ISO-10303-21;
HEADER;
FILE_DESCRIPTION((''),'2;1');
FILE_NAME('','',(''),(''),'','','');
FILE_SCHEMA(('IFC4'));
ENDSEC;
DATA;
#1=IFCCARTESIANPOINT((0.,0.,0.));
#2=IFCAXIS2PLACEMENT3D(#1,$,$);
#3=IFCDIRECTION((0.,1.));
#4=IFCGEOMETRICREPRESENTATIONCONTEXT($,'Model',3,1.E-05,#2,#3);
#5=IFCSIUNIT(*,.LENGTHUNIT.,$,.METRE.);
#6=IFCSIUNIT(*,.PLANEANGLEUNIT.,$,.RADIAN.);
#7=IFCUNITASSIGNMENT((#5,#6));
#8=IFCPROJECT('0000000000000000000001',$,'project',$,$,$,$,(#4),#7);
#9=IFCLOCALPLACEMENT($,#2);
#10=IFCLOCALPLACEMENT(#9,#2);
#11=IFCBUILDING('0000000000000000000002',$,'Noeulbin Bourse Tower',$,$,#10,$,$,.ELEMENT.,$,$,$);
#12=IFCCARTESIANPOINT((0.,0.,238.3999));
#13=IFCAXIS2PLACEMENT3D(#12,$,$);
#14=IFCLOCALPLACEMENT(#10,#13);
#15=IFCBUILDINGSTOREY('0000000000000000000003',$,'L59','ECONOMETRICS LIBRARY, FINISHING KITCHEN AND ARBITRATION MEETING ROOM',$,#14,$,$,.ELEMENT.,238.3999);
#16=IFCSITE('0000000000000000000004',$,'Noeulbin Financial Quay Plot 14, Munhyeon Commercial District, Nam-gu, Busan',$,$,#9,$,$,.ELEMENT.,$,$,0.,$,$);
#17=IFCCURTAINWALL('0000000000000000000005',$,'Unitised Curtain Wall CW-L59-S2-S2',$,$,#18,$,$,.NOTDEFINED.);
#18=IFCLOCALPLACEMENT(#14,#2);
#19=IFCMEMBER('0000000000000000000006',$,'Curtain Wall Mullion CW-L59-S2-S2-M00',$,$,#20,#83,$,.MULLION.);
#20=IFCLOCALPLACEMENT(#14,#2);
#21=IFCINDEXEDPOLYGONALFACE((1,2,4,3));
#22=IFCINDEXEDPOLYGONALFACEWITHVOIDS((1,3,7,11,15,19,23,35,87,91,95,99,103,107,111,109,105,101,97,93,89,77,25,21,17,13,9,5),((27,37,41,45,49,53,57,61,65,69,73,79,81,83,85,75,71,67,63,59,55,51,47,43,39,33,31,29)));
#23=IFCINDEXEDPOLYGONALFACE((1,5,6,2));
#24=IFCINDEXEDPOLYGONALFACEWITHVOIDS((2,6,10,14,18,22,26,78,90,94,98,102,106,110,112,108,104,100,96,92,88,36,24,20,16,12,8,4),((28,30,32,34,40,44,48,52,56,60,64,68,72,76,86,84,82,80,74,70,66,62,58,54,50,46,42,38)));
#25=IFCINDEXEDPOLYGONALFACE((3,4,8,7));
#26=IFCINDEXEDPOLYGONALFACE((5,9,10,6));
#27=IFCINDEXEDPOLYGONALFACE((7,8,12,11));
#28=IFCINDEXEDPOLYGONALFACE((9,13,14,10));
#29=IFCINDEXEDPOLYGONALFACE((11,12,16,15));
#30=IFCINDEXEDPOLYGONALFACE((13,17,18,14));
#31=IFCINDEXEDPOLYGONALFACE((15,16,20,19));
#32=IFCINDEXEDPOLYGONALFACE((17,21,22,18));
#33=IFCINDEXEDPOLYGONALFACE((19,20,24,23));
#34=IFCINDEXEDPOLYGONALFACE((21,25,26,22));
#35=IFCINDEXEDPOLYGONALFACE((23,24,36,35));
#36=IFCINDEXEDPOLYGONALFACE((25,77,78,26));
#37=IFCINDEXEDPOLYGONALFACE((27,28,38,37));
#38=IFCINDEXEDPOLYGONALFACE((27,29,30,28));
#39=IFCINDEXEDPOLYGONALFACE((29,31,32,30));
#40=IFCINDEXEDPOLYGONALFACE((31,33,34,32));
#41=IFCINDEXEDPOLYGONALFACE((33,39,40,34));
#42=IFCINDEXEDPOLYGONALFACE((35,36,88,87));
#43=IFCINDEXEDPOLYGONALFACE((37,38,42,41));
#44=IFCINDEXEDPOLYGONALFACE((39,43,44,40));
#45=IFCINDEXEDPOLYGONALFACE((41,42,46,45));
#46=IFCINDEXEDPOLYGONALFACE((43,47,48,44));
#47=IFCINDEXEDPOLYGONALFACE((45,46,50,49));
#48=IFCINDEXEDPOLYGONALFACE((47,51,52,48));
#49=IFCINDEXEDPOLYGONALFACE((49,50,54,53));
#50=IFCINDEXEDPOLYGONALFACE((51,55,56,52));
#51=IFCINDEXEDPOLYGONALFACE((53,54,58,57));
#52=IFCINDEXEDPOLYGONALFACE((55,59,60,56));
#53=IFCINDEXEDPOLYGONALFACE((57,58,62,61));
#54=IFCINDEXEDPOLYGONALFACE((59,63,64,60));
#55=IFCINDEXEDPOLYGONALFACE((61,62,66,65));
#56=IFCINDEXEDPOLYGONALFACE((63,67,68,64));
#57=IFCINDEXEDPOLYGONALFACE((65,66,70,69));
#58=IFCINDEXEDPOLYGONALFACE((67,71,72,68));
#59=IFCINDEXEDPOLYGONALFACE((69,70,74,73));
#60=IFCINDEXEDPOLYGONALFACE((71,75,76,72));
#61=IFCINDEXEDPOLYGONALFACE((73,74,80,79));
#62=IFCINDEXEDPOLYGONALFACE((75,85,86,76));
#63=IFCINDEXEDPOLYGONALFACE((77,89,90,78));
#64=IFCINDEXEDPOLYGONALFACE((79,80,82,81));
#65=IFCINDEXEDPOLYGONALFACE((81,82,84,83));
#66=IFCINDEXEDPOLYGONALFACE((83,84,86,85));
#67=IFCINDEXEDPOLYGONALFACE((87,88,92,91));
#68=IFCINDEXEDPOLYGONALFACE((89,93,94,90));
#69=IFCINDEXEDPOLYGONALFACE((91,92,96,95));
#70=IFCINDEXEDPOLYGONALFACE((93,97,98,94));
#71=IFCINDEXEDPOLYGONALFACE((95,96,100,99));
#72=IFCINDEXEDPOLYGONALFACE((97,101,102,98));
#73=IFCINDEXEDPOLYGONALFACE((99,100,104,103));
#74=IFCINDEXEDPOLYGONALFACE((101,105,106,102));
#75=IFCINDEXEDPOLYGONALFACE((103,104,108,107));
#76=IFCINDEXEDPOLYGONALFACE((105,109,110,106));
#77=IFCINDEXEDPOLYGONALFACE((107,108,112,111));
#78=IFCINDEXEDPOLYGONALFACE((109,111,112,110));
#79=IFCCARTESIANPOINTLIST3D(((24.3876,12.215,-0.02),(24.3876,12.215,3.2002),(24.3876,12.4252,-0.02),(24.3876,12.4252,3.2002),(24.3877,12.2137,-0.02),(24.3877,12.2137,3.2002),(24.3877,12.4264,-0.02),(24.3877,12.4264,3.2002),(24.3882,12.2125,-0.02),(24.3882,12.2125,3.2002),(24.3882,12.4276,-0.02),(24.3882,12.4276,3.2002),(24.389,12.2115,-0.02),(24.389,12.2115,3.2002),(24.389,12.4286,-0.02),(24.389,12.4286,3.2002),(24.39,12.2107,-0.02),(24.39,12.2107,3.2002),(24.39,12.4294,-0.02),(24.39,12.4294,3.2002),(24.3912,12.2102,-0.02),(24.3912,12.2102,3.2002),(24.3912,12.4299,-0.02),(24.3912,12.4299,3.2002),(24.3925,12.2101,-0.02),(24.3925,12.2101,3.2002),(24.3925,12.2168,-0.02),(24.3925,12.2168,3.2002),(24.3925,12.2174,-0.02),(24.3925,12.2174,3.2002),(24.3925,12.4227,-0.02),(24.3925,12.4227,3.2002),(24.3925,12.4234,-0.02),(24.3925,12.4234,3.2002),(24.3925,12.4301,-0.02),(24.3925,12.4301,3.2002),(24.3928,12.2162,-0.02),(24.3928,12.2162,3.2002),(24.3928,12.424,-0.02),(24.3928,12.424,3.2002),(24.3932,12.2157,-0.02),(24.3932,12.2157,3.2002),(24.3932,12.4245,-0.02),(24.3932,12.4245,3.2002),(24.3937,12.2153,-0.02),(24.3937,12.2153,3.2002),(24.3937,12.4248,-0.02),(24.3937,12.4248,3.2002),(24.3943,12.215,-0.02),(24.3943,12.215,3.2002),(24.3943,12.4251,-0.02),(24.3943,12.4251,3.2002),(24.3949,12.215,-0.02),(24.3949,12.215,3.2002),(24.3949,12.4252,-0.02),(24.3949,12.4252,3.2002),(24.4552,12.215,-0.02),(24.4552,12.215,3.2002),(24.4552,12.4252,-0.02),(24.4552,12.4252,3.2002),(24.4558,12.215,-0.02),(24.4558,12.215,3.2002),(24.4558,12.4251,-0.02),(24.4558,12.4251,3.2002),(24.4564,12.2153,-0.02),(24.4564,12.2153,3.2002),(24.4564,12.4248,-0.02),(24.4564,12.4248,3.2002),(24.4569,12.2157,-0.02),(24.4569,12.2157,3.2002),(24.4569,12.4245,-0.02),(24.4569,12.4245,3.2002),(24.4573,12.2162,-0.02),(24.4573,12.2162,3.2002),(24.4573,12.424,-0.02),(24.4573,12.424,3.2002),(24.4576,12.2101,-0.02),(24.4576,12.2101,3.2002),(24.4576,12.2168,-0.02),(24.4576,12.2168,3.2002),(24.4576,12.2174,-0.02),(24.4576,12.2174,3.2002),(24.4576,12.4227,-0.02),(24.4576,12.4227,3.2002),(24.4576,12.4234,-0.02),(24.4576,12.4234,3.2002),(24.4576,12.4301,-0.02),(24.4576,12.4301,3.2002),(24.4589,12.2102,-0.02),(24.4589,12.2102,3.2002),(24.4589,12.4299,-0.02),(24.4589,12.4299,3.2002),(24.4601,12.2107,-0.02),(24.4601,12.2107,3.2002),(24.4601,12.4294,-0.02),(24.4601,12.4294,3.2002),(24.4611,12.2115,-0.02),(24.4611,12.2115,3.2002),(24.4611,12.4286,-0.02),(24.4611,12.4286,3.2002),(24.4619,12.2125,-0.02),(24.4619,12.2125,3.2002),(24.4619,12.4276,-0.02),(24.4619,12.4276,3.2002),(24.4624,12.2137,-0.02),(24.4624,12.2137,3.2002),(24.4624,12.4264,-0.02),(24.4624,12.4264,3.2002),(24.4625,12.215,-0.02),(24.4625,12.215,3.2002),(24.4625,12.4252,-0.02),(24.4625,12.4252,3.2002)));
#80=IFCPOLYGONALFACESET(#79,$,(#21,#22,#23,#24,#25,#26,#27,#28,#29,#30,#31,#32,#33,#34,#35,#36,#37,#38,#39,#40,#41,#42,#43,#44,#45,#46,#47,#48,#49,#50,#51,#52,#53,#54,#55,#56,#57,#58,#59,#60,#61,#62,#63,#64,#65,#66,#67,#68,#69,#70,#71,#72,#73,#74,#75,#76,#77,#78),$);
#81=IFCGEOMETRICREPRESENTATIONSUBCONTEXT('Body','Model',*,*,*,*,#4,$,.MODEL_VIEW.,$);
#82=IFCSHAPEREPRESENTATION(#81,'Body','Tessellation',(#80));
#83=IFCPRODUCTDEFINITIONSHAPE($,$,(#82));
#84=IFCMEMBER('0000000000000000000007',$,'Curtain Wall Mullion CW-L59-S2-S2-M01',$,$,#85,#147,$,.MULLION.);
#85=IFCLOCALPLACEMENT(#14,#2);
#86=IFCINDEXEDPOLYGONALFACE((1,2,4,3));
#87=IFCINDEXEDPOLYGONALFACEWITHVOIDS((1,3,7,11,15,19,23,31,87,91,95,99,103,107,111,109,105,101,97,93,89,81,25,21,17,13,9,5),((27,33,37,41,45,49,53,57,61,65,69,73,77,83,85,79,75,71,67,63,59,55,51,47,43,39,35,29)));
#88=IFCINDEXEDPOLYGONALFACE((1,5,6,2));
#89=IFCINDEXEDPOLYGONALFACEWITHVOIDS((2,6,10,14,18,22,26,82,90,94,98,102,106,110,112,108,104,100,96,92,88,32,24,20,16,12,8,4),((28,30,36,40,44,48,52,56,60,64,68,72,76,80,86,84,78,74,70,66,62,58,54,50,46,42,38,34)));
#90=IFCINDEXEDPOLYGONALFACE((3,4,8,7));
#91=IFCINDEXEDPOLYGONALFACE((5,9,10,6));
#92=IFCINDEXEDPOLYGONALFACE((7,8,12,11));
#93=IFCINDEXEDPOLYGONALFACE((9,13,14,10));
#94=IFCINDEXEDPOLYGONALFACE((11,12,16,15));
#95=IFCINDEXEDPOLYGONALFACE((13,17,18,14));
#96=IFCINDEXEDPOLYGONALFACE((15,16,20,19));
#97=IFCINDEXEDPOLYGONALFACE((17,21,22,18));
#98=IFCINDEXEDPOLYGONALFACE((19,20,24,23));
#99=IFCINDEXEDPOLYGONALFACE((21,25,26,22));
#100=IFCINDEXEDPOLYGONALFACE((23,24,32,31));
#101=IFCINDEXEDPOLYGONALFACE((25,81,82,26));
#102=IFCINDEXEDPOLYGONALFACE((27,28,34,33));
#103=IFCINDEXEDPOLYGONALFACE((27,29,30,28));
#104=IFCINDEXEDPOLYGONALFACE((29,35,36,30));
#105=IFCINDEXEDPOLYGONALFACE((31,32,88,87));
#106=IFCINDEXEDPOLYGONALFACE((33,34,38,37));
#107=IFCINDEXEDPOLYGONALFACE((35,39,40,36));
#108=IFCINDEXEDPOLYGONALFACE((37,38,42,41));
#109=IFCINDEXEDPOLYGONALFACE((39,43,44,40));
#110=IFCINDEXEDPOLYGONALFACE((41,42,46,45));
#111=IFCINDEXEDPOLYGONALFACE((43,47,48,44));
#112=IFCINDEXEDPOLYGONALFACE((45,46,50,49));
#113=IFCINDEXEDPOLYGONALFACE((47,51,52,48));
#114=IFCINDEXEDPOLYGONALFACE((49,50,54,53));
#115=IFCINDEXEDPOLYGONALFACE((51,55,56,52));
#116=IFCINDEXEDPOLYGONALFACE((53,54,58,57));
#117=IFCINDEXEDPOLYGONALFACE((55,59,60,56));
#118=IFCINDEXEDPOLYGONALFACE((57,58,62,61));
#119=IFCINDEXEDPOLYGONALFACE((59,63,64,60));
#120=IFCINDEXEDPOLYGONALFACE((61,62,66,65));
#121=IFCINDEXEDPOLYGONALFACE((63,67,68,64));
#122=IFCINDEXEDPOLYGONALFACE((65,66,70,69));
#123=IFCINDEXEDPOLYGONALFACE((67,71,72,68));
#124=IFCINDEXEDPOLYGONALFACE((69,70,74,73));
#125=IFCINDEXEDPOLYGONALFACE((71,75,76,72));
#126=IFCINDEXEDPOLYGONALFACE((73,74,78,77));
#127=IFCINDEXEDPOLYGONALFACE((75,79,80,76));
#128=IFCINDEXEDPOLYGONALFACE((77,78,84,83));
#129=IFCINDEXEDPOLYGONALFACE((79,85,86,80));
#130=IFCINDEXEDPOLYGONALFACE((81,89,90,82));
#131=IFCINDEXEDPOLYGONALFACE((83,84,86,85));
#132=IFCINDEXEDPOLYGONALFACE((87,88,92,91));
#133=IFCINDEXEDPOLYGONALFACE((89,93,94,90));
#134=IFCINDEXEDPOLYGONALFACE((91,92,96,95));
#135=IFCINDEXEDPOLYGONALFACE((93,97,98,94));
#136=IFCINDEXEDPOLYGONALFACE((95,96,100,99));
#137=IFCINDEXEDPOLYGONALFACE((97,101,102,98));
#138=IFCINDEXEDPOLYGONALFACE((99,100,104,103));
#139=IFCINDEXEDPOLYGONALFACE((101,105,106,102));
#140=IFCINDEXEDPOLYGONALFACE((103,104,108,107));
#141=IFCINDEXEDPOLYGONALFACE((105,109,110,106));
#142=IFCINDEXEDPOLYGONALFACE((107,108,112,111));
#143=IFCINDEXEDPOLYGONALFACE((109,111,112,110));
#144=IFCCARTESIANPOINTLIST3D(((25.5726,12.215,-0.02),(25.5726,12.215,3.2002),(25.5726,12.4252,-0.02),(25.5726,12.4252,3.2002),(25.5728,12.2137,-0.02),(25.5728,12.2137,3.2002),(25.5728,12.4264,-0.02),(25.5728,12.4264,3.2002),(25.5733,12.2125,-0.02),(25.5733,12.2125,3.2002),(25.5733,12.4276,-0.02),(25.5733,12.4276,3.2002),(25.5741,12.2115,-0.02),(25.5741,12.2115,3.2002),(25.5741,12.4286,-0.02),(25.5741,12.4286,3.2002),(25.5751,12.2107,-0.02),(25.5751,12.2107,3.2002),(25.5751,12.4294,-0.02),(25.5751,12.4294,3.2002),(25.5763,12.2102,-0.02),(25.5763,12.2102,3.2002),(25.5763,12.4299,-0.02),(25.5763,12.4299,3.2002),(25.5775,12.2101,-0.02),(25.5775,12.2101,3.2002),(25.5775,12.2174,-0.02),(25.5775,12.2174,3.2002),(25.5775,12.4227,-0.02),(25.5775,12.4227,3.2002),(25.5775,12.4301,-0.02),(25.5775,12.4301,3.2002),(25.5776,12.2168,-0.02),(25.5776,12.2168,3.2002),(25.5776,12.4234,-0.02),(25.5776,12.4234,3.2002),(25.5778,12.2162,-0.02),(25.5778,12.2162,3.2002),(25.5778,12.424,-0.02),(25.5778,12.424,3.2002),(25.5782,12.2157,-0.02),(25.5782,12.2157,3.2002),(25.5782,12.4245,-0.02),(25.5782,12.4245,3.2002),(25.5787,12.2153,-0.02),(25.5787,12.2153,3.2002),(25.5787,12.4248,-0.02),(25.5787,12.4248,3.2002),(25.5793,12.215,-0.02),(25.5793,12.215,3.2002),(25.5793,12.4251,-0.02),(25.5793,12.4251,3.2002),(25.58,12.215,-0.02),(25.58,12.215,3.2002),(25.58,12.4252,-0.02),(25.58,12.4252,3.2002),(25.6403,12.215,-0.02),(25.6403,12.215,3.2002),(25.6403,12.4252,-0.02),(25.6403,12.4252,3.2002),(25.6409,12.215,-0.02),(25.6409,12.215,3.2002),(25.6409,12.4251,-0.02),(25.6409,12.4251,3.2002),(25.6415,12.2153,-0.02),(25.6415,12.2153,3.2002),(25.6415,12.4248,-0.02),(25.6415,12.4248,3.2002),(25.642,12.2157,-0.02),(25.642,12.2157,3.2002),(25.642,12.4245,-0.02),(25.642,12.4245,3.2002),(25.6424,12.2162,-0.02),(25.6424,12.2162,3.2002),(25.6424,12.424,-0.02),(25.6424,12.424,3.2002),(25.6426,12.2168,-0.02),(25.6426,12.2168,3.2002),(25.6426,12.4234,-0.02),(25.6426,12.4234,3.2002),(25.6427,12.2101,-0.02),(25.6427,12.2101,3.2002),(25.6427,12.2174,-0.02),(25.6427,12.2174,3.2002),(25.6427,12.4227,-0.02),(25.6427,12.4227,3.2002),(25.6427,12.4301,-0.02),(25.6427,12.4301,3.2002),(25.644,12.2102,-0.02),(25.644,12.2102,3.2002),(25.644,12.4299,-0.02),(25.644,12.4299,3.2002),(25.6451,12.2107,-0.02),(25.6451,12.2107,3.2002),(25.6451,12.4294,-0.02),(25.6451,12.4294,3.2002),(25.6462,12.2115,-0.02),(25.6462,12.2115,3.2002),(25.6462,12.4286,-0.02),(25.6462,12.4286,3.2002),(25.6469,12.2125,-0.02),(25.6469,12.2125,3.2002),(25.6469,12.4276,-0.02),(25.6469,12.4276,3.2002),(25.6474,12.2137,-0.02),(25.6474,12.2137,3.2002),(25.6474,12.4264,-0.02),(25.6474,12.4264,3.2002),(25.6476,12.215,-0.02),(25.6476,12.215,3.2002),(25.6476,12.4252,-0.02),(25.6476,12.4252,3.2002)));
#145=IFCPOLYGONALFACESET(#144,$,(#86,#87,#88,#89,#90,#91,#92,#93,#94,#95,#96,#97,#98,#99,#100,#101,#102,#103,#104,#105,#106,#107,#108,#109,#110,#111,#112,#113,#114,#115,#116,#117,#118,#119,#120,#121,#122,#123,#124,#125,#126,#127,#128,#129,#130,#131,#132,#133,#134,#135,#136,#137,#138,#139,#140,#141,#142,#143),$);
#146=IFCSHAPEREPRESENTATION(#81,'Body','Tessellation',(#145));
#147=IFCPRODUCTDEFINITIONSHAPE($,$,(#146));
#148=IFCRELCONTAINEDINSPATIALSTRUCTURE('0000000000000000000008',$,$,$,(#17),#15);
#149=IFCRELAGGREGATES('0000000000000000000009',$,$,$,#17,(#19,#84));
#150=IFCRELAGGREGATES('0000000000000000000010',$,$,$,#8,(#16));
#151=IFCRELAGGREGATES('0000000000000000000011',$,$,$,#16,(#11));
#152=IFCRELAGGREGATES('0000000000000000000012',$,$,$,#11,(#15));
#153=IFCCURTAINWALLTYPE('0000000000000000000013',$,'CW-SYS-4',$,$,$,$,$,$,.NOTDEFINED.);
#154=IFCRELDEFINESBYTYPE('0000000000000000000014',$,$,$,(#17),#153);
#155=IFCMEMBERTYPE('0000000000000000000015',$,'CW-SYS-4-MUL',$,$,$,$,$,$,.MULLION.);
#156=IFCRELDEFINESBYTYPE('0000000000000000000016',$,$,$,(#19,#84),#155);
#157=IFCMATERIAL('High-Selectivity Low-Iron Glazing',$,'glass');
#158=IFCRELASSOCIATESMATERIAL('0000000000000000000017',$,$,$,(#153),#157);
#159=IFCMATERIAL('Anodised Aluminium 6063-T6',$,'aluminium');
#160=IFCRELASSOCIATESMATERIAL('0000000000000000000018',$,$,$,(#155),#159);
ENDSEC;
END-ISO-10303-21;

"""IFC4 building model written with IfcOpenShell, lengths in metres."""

from ifc_helpers import new_model, si_unit, direction, frame, origin, origin_2d, place, context, subcontext, project, spatial, hollow_rectangle, extrude, material, material_profile, profile_set, type_object, element, aggregate, save


model = new_model("IFC4")

# Units and contexts
model_context = context("Model", 3, precision=1e-05, world=origin(), true_north=direction((0.0, 1.0)))
body_context = subcontext(model_context, "Body", "Model", "MODEL_VIEW")
ifc_project = project(units=[si_unit("LENGTHUNIT", "METRE"), si_unit("PLANEANGLEUNIT", "RADIAN")], contexts=[model_context])

# Site, building, storey
site_placement = place(None, origin())
site = spatial("IfcSite", under=ifc_project, at=site_placement, Name="Noeulbin Financial Quay Plot 14, Munhyeon Commercial District, Nam-gu, Busan", CompositionType="ELEMENT", RefElevation=0.0)
building_placement = place(site_placement, origin())
building = spatial("IfcBuilding", under=site, at=building_placement, Name="Noeulbin Bourse Tower", CompositionType="ELEMENT")
storey_placement = place(building_placement, frame((0.0, 0.0, 238.3999)))
storey = spatial("IfcBuildingStorey", under=building, at=storey_placement, Name="L59", Description="ECONOMETRICS LIBRARY, FINISHING KITCHEN AND ARBITRATION MEETING ROOM", CompositionType="ELEMENT", Elevation=238.3999)

# Curtain wall, members
ifc_material_1 = material(Name="High-Selectivity Low-Iron Glazing", Category="glass")
curtain_wall_type = type_object("IfcCurtainWallType", Name="CW-SYS-4", PredefinedType="NOTDEFINED", material=ifc_material_1)
ifc_material_2 = material(Name="Anodised Aluminium 6063-T6", Category="aluminium")
ifc_material_profile_1 = material_profile(ifc_material_2, hollow_rectangle(XDim=0.075, YDim=0.22, WallThickness=0.0049, InnerFilletRadius=0.0024, OuterFilletRadius=0.0049, at=origin_2d()), Name="ALU-MULL-75x220x5", Category="LoadBearing")
ifc_profile_set_1 = profile_set([ifc_material_profile_1], Name="Anodised Aluminium 6063-T6")
member_type_1 = type_object("IfcMemberType", Name="CW-SYS-4-MUL", PredefinedType="MULLION", material=ifc_profile_set_1)
curtain_wall_1_placement = place(storey_placement, origin())
curtain_wall_1 = element("IfcCurtainWall", 1, at=curtain_wall_1_placement, inside=storey, type_object=curtain_wall_type, Name="Unitised Curtain Wall CW-L59-S2-S2", PredefinedType="NOTDEFINED")
member_1_placement = place(storey_placement, frame((24.425, 12.3201, -0.02), z_axis=(0.0, 0.0, 1.0), x_axis=(1.0, 0.0, 0.0)))
member_1 = element("IfcMember", 2, at=member_1_placement, type_object=member_type_1, Name="Curtain Wall Mullion CW-L59-S2-S2-M00", PredefinedType="MULLION", context=body_context, shape_type="SweptSolid", body=[
    extrude(hollow_rectangle(XDim=0.075, YDim=0.22, WallThickness=0.0049, InnerFilletRadius=0.0024, OuterFilletRadius=0.0049, at=origin_2d()), origin(), (0.0, 0.0, 1.0), 3.2202),
])
member_2_placement = place(storey_placement, frame((25.6101, 12.3201, -0.02), z_axis=(0.0, 0.0, 1.0), x_axis=(1.0, 0.0, 0.0)))
member_2 = element("IfcMember", 3, at=member_2_placement, type_object=member_type_1, Name="Curtain Wall Mullion CW-L59-S2-S2-M01", PredefinedType="MULLION", context=body_context, shape_type="SweptSolid", body=[
    extrude(hollow_rectangle(XDim=0.075, YDim=0.22, WallThickness=0.0049, InnerFilletRadius=0.0024, OuterFilletRadius=0.0049, at=origin_2d()), origin(), (0.0, 0.0, 1.0), 3.2202),
])

aggregate(curtain_wall_1, [member_1, member_2])

save(model, "model.ifc")
